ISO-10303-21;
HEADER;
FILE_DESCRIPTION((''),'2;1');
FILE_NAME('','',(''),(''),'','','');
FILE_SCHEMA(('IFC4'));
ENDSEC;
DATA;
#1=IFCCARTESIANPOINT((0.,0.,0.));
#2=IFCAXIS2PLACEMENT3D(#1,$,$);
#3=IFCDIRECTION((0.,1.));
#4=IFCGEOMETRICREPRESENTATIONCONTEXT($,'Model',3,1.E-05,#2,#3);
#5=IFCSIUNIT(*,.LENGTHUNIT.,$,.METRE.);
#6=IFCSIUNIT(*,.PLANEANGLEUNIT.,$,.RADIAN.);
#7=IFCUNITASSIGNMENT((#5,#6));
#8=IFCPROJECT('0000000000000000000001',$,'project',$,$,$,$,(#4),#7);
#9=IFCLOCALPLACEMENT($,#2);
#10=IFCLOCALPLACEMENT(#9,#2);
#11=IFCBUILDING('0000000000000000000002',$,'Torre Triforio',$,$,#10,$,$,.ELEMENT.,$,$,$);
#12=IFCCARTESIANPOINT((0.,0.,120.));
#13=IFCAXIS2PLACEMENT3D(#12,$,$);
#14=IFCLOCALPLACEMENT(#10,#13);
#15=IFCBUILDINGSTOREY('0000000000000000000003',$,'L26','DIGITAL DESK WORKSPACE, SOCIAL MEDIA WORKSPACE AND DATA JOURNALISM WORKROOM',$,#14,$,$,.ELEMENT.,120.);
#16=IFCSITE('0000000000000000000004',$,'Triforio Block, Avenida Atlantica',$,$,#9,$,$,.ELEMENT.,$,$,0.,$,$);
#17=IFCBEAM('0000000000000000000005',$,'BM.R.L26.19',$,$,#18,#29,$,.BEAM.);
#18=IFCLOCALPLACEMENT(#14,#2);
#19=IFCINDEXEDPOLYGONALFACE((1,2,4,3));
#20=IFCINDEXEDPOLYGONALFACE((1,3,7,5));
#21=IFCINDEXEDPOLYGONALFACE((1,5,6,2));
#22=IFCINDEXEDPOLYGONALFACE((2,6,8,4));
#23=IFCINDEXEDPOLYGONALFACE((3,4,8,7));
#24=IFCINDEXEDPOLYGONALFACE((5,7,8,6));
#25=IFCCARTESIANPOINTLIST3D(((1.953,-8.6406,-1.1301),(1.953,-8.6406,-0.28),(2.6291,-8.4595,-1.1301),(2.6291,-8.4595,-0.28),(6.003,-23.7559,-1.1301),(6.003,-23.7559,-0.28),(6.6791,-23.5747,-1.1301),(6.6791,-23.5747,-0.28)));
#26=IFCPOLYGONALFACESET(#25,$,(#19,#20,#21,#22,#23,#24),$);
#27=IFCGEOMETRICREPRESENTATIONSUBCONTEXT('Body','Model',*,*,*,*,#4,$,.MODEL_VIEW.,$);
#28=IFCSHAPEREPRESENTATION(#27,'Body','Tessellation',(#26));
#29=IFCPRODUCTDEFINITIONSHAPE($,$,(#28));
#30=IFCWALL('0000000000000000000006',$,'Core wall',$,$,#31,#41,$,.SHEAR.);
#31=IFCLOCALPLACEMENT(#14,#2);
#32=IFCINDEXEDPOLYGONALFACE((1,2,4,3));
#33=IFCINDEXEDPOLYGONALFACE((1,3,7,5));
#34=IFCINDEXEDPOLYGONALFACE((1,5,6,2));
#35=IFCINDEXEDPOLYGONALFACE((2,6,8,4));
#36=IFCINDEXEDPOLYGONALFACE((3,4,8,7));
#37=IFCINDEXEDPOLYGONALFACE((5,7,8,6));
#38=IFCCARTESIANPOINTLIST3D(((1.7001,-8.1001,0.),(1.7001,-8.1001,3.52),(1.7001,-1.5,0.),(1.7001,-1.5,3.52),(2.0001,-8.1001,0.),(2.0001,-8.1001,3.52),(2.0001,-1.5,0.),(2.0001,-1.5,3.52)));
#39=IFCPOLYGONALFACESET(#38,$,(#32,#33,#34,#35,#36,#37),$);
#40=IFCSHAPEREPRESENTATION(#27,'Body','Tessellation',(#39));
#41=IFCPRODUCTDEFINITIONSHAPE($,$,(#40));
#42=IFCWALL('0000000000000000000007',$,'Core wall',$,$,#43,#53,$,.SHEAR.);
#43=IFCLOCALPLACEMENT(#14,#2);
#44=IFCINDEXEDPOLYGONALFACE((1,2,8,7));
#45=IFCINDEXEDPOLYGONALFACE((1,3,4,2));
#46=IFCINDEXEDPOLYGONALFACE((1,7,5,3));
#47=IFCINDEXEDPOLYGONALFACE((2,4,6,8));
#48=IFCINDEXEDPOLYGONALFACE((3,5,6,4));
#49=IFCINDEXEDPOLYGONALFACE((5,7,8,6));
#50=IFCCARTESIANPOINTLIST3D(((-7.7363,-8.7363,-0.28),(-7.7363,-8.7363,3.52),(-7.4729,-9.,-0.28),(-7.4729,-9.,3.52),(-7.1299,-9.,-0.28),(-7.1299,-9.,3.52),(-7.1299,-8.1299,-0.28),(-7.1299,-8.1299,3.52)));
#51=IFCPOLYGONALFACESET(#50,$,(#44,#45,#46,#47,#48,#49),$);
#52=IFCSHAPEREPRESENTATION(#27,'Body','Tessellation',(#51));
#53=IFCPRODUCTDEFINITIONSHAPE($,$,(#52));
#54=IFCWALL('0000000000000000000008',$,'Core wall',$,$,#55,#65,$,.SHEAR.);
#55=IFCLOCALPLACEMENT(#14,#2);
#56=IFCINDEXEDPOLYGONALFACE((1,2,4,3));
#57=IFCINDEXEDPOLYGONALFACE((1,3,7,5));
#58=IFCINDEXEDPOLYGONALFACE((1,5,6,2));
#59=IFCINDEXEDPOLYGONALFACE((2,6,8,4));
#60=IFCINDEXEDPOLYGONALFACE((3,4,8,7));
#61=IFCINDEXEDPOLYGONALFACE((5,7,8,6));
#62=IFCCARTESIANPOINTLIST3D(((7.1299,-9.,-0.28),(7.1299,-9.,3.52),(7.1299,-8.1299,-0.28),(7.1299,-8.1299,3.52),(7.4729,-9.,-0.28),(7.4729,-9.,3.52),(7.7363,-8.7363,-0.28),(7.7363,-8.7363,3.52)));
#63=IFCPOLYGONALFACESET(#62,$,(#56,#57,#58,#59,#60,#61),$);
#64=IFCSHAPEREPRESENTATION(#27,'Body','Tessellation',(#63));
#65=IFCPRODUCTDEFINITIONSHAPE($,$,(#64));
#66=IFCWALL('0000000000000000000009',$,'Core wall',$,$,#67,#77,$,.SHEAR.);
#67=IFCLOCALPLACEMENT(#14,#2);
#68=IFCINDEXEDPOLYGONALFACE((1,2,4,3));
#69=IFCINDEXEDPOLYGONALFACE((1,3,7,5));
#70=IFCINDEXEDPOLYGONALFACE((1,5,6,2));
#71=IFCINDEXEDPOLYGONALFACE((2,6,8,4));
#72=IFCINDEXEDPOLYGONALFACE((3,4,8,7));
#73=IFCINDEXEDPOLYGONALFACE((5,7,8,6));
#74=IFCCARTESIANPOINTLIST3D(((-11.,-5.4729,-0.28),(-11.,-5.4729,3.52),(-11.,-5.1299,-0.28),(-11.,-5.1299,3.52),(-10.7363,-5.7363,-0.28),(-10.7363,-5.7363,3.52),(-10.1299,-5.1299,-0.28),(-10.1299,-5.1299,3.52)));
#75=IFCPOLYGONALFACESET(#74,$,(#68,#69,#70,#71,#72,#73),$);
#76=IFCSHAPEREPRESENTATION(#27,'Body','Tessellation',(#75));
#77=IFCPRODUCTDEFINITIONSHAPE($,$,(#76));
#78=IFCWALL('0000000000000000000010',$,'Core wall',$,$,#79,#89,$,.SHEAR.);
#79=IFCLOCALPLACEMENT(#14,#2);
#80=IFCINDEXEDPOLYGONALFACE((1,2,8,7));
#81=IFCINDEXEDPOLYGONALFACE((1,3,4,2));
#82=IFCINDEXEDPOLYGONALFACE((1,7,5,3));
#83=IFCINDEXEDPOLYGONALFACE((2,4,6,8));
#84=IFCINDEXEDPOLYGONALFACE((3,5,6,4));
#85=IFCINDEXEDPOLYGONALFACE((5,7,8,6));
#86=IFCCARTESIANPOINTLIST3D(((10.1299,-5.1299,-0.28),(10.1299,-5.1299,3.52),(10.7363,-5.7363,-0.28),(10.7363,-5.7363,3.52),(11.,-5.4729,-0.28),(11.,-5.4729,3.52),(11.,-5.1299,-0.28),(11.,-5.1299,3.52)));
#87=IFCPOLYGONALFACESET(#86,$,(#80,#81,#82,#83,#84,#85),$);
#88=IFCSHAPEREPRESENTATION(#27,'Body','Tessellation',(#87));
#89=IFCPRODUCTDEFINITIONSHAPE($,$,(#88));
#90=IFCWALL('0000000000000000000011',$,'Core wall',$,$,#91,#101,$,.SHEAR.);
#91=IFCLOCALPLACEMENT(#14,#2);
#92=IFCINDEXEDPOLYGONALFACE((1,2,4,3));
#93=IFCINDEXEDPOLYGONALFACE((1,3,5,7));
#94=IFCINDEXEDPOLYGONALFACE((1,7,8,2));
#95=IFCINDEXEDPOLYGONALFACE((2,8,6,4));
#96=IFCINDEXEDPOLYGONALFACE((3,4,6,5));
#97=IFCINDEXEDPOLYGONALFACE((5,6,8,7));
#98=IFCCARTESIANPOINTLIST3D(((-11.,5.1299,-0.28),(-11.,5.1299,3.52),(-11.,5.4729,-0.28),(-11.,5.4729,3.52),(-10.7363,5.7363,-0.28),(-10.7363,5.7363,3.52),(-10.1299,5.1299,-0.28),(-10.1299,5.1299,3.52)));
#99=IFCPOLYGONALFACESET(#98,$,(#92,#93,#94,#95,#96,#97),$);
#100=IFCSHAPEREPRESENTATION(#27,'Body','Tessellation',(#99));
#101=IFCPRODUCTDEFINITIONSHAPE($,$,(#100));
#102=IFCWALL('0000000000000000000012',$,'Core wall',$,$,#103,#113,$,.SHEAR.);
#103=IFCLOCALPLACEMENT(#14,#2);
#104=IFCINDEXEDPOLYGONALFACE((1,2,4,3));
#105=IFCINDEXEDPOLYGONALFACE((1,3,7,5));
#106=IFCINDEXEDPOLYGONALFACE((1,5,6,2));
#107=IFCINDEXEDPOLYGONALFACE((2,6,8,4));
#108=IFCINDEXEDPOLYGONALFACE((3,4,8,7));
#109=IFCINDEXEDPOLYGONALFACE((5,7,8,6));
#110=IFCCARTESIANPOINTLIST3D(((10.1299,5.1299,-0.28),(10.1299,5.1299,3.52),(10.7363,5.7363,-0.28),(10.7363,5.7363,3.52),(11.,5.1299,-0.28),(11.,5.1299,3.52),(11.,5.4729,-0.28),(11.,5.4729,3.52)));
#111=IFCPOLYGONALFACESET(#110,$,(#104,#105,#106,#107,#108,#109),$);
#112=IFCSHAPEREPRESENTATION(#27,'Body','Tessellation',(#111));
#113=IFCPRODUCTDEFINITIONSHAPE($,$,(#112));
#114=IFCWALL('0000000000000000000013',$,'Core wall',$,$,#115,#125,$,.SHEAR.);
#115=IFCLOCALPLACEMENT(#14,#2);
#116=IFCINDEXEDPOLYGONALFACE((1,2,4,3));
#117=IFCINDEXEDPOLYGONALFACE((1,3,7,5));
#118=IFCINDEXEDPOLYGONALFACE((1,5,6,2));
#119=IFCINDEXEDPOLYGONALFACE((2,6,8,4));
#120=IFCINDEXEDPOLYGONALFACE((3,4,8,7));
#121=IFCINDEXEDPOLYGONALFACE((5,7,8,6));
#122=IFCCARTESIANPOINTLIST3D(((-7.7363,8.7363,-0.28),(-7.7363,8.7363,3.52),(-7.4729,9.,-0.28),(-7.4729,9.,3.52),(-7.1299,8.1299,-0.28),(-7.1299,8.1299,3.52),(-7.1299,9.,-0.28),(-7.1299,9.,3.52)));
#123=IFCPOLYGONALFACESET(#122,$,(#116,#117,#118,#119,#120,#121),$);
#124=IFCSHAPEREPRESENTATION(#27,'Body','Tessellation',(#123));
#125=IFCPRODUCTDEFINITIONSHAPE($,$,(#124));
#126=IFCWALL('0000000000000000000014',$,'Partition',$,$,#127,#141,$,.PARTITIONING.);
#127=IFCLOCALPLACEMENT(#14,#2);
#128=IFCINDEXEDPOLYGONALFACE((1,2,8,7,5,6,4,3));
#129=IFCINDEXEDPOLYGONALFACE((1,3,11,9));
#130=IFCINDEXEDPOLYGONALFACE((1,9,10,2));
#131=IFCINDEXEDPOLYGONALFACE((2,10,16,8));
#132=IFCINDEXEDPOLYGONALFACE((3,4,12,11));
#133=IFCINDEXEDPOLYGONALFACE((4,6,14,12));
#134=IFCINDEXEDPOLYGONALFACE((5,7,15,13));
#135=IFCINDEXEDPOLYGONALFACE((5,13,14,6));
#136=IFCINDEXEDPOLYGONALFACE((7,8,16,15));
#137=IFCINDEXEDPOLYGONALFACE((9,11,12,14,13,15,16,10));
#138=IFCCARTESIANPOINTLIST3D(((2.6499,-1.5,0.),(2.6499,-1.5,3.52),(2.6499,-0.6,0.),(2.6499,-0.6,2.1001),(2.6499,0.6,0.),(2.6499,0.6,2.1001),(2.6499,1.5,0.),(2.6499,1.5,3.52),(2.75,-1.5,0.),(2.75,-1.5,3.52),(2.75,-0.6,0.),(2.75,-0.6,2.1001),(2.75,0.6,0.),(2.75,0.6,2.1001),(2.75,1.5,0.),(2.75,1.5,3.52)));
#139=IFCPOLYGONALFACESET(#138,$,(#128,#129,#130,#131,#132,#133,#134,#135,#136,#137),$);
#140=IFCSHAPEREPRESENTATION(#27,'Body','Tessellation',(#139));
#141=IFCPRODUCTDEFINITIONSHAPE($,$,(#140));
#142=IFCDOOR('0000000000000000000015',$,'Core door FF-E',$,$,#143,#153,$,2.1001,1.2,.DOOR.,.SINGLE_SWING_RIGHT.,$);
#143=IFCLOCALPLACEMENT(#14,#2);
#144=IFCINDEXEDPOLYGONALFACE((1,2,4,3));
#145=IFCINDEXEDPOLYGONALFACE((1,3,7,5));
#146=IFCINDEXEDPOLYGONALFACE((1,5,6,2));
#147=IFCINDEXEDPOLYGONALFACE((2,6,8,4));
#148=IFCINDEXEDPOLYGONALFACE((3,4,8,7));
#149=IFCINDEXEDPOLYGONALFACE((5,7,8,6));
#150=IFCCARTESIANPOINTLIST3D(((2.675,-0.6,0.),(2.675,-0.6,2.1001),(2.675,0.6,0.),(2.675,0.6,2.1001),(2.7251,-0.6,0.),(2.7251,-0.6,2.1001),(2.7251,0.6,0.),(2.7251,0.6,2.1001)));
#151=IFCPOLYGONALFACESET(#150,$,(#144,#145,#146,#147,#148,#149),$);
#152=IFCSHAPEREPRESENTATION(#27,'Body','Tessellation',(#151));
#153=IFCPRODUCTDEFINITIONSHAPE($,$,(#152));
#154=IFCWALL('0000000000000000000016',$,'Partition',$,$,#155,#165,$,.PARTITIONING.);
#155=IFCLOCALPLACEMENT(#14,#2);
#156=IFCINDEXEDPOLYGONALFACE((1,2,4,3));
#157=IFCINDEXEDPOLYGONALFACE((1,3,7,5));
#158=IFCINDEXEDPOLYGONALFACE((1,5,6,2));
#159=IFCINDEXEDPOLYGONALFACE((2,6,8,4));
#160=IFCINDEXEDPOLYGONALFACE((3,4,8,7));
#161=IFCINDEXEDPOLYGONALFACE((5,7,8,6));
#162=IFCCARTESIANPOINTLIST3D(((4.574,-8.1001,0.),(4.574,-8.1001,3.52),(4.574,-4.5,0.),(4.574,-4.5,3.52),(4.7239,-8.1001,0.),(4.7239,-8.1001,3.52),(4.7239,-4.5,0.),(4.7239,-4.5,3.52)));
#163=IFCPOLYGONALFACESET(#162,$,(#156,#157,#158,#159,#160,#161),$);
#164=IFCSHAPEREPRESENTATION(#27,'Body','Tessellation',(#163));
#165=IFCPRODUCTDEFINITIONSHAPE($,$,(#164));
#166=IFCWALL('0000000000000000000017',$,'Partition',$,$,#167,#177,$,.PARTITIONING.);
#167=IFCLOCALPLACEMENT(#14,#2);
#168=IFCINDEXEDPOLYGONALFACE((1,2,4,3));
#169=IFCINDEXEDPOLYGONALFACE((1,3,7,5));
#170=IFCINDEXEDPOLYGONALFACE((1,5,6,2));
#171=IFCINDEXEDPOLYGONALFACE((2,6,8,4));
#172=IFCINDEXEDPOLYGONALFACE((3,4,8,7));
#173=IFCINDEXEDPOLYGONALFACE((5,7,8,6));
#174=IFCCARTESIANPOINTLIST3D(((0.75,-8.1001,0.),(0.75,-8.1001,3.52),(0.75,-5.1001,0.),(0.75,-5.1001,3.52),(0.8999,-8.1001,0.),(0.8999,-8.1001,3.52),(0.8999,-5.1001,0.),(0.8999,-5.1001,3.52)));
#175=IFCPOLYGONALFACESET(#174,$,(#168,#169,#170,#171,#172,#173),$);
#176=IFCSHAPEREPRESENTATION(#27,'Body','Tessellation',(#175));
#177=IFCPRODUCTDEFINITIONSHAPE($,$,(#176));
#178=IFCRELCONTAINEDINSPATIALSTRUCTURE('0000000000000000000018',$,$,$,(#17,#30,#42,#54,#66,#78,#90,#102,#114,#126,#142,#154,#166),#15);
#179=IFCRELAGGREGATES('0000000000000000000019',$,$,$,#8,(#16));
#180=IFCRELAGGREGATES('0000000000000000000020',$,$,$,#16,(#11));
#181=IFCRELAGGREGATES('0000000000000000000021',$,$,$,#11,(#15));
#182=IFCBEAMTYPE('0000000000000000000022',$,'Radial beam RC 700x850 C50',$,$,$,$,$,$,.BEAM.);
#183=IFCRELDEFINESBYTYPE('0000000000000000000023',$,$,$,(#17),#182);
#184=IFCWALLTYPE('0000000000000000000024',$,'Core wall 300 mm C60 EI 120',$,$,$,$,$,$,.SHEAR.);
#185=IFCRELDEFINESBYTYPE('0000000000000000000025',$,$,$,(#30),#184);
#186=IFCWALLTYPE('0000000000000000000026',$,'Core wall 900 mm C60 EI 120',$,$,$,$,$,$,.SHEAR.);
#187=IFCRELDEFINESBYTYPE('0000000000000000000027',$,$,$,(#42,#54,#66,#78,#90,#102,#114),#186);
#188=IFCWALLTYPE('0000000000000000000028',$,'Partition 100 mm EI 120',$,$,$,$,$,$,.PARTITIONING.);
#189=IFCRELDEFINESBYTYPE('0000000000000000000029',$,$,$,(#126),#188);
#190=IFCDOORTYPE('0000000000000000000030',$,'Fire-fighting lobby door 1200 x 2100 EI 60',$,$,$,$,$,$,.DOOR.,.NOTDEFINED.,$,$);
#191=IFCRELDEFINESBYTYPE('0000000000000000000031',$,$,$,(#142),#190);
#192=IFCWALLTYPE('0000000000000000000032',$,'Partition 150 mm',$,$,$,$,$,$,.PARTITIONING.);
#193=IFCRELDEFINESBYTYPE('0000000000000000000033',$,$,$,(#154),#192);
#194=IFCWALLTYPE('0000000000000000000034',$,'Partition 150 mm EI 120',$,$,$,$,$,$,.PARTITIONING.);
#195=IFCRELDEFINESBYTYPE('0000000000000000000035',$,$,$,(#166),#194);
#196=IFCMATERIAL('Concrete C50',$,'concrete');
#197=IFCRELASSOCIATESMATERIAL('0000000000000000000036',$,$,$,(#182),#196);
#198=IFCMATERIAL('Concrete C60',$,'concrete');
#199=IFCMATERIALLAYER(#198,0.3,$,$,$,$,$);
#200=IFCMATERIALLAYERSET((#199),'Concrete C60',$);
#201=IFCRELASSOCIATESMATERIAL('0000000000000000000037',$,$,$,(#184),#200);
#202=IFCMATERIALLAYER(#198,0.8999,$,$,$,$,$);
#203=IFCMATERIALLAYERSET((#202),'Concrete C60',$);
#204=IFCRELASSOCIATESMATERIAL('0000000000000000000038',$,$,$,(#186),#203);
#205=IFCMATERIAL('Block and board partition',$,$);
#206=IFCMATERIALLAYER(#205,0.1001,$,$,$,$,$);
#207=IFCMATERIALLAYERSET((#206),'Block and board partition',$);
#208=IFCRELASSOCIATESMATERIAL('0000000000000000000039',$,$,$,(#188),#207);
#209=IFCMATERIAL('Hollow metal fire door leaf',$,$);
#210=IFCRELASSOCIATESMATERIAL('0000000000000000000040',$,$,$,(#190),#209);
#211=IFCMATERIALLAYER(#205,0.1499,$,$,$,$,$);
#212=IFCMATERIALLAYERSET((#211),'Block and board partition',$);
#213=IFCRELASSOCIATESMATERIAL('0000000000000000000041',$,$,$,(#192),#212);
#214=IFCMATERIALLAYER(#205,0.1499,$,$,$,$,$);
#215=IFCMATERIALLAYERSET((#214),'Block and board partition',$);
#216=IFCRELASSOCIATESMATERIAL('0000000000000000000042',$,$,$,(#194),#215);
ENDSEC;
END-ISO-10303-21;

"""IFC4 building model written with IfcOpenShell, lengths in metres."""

from ifc_helpers import new_model, si_unit, direction, frame, frame_2d, origin, origin_2d, place, context, subcontext, project, spatial, polyline, rectangle, outline, extrude, material, layer, layer_set, material_profile, profile_set, type_object, element, fill, save


model = new_model("IFC4")

# Units and contexts
model_context = context("Model", 3, precision=1e-05, world=origin(), true_north=direction((0.0, 1.0)))
body_context = subcontext(model_context, "Body", "Model", "MODEL_VIEW")
ifc_project = project(units=[si_unit("LENGTHUNIT", "METRE"), si_unit("PLANEANGLEUNIT", "RADIAN")], contexts=[model_context])

# Site, building, storey
site_placement = place(None, origin())
site = spatial("IfcSite", under=ifc_project, at=site_placement, Name="Triforio Block, Avenida Atlantica", CompositionType="ELEMENT", RefElevation=0.0)
building_placement = place(site_placement, origin())
building = spatial("IfcBuilding", under=site, at=building_placement, Name="Torre Triforio", CompositionType="ELEMENT")
storey_placement = place(building_placement, frame((0.0, 0.0, 120.0)))
storey = spatial("IfcBuildingStorey", under=building, at=storey_placement, Name="L26", Description="DIGITAL DESK WORKSPACE, SOCIAL MEDIA WORKSPACE AND DATA JOURNALISM WORKROOM", CompositionType="ELEMENT", Elevation=120.0)

# Beam
ifc_material_1 = material(Name="Concrete C50", Category="concrete")
ifc_material_profile = material_profile(ifc_material_1, rectangle(XDim=0.7, YDim=0.8501, at=origin_2d()), Name="RC 700x850")
ifc_profile_set = profile_set([ifc_material_profile], Name="Concrete C50")
beam_type = type_object("IfcBeamType", Name="Radial beam RC 700x850 C50", PredefinedType="BEAM", material=ifc_profile_set)
beam_placement = place(storey_placement, frame((2.291, -8.55, -0.7051), z_axis=(0.258815, -0.965927, 0.0), x_axis=(0.965927, 0.258815, 0.0)))
element("IfcBeam", 1, at=beam_placement, inside=storey, type_object=beam_type, Name="BM.R.L26.19", PredefinedType="BEAM", context=body_context, shape_type="SweptSolid", body=[
    extrude(rectangle(XDim=0.7, YDim=0.8501, at=origin_2d()), origin(), (0.0, 0.0, 1.0), 15.6484),
])

# Walls
ifc_material_2 = material(Name="Concrete C60", Category="concrete")
ifc_layer_1 = layer(ifc_material_2, 0.3)
ifc_layer_set_1 = layer_set([ifc_layer_1], Name="Concrete C60")
wall_type_1 = type_object("IfcWallType", Name="Core wall 300 mm C60 EI 120", PredefinedType="SHEAR", material=ifc_layer_set_1)
wall_1_placement = place(storey_placement, frame((1.8501, -8.1001, 0.0), z_axis=(0.0, 0.0, 1.0), x_axis=(0.0, 1.0, 0.0)))
element("IfcWall", 2, at=wall_1_placement, inside=storey, type_object=wall_type_1, Name="Core wall", PredefinedType="SHEAR", context=body_context, shape_type="SweptSolid", body=[
    extrude(rectangle(XDim=6.6001, YDim=0.3, at=frame_2d((3.3, 0.0))), origin(), (0.0, 0.0, 1.0), 3.52),
])
ifc_layer_2 = layer(ifc_material_2, 0.8999)
ifc_layer_set_2 = layer_set([ifc_layer_2], Name="Concrete C60")
wall_type_2 = type_object("IfcWallType", Name="Core wall 900 mm C60 EI 120", PredefinedType="SHEAR", material=ifc_layer_set_2)
wall_2_placement = place(storey_placement, frame((0.0, 0.0, -0.28)))
element("IfcWall", 3, at=wall_2_placement, inside=storey, type_object=wall_type_2, Name="Core wall", PredefinedType="SHEAR", context=body_context, shape_type="SweptSolid", body=[
    extrude(outline(polyline([(-7.4729, -9.0), (-7.7363, -8.7363), (-7.1299, -8.1299), (-7.1299, -9.0), (-7.4729, -9.0)])), origin(), (0.0, 0.0, 1.0), 3.8),
])
wall_3_placement = place(storey_placement, frame((0.0, 0.0, -0.28)))
element("IfcWall", 4, at=wall_3_placement, inside=storey, type_object=wall_type_2, Name="Core wall", PredefinedType="SHEAR", context=body_context, shape_type="SweptSolid", body=[
    extrude(outline(polyline([(7.4729, -9.0), (7.1299, -9.0), (7.1299, -8.1299), (7.7363, -8.7363), (7.4729, -9.0)])), origin(), (0.0, 0.0, 1.0), 3.8),
])
wall_4_placement = place(storey_placement, frame((0.0, 0.0, -0.28)))
element("IfcWall", 5, at=wall_4_placement, inside=storey, type_object=wall_type_2, Name="Core wall", PredefinedType="SHEAR", context=body_context, shape_type="SweptSolid", body=[
    extrude(outline(polyline([(-11.0, -5.4729), (-11.0, -5.1299), (-10.1299, -5.1299), (-10.7363, -5.7363), (-11.0, -5.4729)])), origin(), (0.0, 0.0, 1.0), 3.8),
])
wall_5_placement = place(storey_placement, frame((0.0, 0.0, -0.28)))
element("IfcWall", 6, at=wall_5_placement, inside=storey, type_object=wall_type_2, Name="Core wall", PredefinedType="SHEAR", context=body_context, shape_type="SweptSolid", body=[
    extrude(outline(polyline([(11.0, -5.4729), (10.7363, -5.7363), (10.1299, -5.1299), (11.0, -5.1299), (11.0, -5.4729)])), origin(), (0.0, 0.0, 1.0), 3.8),
])
wall_6_placement = place(storey_placement, frame((0.0, 0.0, -0.28)))
element("IfcWall", 7, at=wall_6_placement, inside=storey, type_object=wall_type_2, Name="Core wall", PredefinedType="SHEAR", context=body_context, shape_type="SweptSolid", body=[
    extrude(outline(polyline([(-10.7363, 5.7363), (-10.1299, 5.1299), (-11.0, 5.1299), (-11.0, 5.4729), (-10.7363, 5.7363)])), origin(), (0.0, 0.0, 1.0), 3.8),
])
wall_7_placement = place(storey_placement, frame((0.0, 0.0, -0.28)))
element("IfcWall", 8, at=wall_7_placement, inside=storey, type_object=wall_type_2, Name="Core wall", PredefinedType="SHEAR", context=body_context, shape_type="SweptSolid", body=[
    extrude(outline(polyline([(11.0, 5.4729), (11.0, 5.1299), (10.1299, 5.1299), (10.7363, 5.7363), (11.0, 5.4729)])), origin(), (0.0, 0.0, 1.0), 3.8),
])
wall_8_placement = place(storey_placement, frame((0.0, 0.0, -0.28)))
element("IfcWall", 9, at=wall_8_placement, inside=storey, type_object=wall_type_2, Name="Core wall", PredefinedType="SHEAR", context=body_context, shape_type="SweptSolid", body=[
    extrude(outline(polyline([(-7.4729, 9.0), (-7.1299, 9.0), (-7.1299, 8.1299), (-7.7363, 8.7363), (-7.4729, 9.0)])), origin(), (0.0, 0.0, 1.0), 3.8),
])

# Wall, opening, door
ifc_material_3 = material(Name="Block and board partition")
ifc_layer_3 = layer(ifc_material_3, 0.1001)
ifc_layer_set_3 = layer_set([ifc_layer_3], Name="Block and board partition")
wall_type_3 = type_object("IfcWallType", Name="Partition 100 mm EI 120", PredefinedType="PARTITIONING", material=ifc_layer_set_3)
wall_9_placement = place(storey_placement, frame((2.7, -1.5, 0.0), z_axis=(0.0, 0.0, 1.0), x_axis=(0.0, 1.0, 0.0)))
wall_9 = element("IfcWall", 10, at=wall_9_placement, inside=storey, type_object=wall_type_3, Name="Partition", PredefinedType="PARTITIONING", context=body_context, shape_type="SweptSolid", body=[
    extrude(rectangle(XDim=3.0, YDim=0.1001, at=frame_2d((1.5, 0.0))), origin(), (0.0, 0.0, 1.0), 3.52),
])
opening_placement = place(wall_9_placement, frame((0.8999, 0.0, 0.0)))
opening = element("IfcOpeningElement", 11, at=opening_placement, cuts=wall_9, PredefinedType="OPENING", context=body_context, shape_type="SweptSolid", body=[
    extrude(rectangle(XDim=1.2, YDim=2.1001, at=frame_2d((0.6001, 1.05))), frame((0.0, 0.0601, 0.0), z_axis=(0.0, -1.0, 0.0), x_axis=(1.0, 0.0, 0.0)), (0.0, 0.0, 1.0), 0.1201),
])
ifc_material_4 = material(Name="Hollow metal fire door leaf")
door_type = type_object("IfcDoorType", Name="Fire-fighting lobby door 1200 x 2100 EI 60", OperationType="NOTDEFINED", PredefinedType="DOOR", material=ifc_material_4)
door_placement = place(opening_placement, origin())
door = element("IfcDoor", 12, at=door_placement, inside=storey, type_object=door_type, Name="Core door FF-E", OperationType="SINGLE_SWING_RIGHT", OverallHeight=2.1001, OverallWidth=1.2, PredefinedType="DOOR", context=body_context, shape_type="SweptSolid", body=[
    extrude(rectangle(XDim=1.2, YDim=2.1001, at=frame_2d((0.6001, 1.05))), frame((0.0, 0.0249, 0.0), z_axis=(0.0, -1.0, 0.0), x_axis=(1.0, 0.0, 0.0)), (0.0, 0.0, 1.0), 0.05),
])
fill(opening, door)

# Walls
ifc_layer_4 = layer(ifc_material_3, 0.1499)
ifc_layer_set_4 = layer_set([ifc_layer_4], Name="Block and board partition")
wall_type_4 = type_object("IfcWallType", Name="Partition 150 mm", PredefinedType="PARTITIONING", material=ifc_layer_set_4)
wall_10_placement = place(storey_placement, frame((4.6489, -8.1001, 0.0), z_axis=(0.0, 0.0, 1.0), x_axis=(0.0, 1.0, 0.0)))
element("IfcWall", 13, at=wall_10_placement, inside=storey, type_object=wall_type_4, Name="Partition", PredefinedType="PARTITIONING", context=body_context, shape_type="SweptSolid", body=[
    extrude(rectangle(XDim=3.6001, YDim=0.1499, at=frame_2d((1.8, 0.0))), origin(), (0.0, 0.0, 1.0), 3.52),
])
ifc_layer_5 = layer(ifc_material_3, 0.1499)
ifc_layer_set_5 = layer_set([ifc_layer_5], Name="Block and board partition")
wall_type_5 = type_object("IfcWallType", Name="Partition 150 mm EI 120", PredefinedType="PARTITIONING", material=ifc_layer_set_5)
wall_11_placement = place(storey_placement, frame((0.825, -8.1001, 0.0), z_axis=(0.0, 0.0, 1.0), x_axis=(0.0, 1.0, 0.0)))
element("IfcWall", 14, at=wall_11_placement, inside=storey, type_object=wall_type_5, Name="Partition", PredefinedType="PARTITIONING", context=body_context, shape_type="SweptSolid", body=[
    extrude(rectangle(XDim=3.0, YDim=0.1499, at=frame_2d((1.5, 0.0))), origin(), (0.0, 0.0, 1.0), 3.52),
])

save(model, "model.ifc")
